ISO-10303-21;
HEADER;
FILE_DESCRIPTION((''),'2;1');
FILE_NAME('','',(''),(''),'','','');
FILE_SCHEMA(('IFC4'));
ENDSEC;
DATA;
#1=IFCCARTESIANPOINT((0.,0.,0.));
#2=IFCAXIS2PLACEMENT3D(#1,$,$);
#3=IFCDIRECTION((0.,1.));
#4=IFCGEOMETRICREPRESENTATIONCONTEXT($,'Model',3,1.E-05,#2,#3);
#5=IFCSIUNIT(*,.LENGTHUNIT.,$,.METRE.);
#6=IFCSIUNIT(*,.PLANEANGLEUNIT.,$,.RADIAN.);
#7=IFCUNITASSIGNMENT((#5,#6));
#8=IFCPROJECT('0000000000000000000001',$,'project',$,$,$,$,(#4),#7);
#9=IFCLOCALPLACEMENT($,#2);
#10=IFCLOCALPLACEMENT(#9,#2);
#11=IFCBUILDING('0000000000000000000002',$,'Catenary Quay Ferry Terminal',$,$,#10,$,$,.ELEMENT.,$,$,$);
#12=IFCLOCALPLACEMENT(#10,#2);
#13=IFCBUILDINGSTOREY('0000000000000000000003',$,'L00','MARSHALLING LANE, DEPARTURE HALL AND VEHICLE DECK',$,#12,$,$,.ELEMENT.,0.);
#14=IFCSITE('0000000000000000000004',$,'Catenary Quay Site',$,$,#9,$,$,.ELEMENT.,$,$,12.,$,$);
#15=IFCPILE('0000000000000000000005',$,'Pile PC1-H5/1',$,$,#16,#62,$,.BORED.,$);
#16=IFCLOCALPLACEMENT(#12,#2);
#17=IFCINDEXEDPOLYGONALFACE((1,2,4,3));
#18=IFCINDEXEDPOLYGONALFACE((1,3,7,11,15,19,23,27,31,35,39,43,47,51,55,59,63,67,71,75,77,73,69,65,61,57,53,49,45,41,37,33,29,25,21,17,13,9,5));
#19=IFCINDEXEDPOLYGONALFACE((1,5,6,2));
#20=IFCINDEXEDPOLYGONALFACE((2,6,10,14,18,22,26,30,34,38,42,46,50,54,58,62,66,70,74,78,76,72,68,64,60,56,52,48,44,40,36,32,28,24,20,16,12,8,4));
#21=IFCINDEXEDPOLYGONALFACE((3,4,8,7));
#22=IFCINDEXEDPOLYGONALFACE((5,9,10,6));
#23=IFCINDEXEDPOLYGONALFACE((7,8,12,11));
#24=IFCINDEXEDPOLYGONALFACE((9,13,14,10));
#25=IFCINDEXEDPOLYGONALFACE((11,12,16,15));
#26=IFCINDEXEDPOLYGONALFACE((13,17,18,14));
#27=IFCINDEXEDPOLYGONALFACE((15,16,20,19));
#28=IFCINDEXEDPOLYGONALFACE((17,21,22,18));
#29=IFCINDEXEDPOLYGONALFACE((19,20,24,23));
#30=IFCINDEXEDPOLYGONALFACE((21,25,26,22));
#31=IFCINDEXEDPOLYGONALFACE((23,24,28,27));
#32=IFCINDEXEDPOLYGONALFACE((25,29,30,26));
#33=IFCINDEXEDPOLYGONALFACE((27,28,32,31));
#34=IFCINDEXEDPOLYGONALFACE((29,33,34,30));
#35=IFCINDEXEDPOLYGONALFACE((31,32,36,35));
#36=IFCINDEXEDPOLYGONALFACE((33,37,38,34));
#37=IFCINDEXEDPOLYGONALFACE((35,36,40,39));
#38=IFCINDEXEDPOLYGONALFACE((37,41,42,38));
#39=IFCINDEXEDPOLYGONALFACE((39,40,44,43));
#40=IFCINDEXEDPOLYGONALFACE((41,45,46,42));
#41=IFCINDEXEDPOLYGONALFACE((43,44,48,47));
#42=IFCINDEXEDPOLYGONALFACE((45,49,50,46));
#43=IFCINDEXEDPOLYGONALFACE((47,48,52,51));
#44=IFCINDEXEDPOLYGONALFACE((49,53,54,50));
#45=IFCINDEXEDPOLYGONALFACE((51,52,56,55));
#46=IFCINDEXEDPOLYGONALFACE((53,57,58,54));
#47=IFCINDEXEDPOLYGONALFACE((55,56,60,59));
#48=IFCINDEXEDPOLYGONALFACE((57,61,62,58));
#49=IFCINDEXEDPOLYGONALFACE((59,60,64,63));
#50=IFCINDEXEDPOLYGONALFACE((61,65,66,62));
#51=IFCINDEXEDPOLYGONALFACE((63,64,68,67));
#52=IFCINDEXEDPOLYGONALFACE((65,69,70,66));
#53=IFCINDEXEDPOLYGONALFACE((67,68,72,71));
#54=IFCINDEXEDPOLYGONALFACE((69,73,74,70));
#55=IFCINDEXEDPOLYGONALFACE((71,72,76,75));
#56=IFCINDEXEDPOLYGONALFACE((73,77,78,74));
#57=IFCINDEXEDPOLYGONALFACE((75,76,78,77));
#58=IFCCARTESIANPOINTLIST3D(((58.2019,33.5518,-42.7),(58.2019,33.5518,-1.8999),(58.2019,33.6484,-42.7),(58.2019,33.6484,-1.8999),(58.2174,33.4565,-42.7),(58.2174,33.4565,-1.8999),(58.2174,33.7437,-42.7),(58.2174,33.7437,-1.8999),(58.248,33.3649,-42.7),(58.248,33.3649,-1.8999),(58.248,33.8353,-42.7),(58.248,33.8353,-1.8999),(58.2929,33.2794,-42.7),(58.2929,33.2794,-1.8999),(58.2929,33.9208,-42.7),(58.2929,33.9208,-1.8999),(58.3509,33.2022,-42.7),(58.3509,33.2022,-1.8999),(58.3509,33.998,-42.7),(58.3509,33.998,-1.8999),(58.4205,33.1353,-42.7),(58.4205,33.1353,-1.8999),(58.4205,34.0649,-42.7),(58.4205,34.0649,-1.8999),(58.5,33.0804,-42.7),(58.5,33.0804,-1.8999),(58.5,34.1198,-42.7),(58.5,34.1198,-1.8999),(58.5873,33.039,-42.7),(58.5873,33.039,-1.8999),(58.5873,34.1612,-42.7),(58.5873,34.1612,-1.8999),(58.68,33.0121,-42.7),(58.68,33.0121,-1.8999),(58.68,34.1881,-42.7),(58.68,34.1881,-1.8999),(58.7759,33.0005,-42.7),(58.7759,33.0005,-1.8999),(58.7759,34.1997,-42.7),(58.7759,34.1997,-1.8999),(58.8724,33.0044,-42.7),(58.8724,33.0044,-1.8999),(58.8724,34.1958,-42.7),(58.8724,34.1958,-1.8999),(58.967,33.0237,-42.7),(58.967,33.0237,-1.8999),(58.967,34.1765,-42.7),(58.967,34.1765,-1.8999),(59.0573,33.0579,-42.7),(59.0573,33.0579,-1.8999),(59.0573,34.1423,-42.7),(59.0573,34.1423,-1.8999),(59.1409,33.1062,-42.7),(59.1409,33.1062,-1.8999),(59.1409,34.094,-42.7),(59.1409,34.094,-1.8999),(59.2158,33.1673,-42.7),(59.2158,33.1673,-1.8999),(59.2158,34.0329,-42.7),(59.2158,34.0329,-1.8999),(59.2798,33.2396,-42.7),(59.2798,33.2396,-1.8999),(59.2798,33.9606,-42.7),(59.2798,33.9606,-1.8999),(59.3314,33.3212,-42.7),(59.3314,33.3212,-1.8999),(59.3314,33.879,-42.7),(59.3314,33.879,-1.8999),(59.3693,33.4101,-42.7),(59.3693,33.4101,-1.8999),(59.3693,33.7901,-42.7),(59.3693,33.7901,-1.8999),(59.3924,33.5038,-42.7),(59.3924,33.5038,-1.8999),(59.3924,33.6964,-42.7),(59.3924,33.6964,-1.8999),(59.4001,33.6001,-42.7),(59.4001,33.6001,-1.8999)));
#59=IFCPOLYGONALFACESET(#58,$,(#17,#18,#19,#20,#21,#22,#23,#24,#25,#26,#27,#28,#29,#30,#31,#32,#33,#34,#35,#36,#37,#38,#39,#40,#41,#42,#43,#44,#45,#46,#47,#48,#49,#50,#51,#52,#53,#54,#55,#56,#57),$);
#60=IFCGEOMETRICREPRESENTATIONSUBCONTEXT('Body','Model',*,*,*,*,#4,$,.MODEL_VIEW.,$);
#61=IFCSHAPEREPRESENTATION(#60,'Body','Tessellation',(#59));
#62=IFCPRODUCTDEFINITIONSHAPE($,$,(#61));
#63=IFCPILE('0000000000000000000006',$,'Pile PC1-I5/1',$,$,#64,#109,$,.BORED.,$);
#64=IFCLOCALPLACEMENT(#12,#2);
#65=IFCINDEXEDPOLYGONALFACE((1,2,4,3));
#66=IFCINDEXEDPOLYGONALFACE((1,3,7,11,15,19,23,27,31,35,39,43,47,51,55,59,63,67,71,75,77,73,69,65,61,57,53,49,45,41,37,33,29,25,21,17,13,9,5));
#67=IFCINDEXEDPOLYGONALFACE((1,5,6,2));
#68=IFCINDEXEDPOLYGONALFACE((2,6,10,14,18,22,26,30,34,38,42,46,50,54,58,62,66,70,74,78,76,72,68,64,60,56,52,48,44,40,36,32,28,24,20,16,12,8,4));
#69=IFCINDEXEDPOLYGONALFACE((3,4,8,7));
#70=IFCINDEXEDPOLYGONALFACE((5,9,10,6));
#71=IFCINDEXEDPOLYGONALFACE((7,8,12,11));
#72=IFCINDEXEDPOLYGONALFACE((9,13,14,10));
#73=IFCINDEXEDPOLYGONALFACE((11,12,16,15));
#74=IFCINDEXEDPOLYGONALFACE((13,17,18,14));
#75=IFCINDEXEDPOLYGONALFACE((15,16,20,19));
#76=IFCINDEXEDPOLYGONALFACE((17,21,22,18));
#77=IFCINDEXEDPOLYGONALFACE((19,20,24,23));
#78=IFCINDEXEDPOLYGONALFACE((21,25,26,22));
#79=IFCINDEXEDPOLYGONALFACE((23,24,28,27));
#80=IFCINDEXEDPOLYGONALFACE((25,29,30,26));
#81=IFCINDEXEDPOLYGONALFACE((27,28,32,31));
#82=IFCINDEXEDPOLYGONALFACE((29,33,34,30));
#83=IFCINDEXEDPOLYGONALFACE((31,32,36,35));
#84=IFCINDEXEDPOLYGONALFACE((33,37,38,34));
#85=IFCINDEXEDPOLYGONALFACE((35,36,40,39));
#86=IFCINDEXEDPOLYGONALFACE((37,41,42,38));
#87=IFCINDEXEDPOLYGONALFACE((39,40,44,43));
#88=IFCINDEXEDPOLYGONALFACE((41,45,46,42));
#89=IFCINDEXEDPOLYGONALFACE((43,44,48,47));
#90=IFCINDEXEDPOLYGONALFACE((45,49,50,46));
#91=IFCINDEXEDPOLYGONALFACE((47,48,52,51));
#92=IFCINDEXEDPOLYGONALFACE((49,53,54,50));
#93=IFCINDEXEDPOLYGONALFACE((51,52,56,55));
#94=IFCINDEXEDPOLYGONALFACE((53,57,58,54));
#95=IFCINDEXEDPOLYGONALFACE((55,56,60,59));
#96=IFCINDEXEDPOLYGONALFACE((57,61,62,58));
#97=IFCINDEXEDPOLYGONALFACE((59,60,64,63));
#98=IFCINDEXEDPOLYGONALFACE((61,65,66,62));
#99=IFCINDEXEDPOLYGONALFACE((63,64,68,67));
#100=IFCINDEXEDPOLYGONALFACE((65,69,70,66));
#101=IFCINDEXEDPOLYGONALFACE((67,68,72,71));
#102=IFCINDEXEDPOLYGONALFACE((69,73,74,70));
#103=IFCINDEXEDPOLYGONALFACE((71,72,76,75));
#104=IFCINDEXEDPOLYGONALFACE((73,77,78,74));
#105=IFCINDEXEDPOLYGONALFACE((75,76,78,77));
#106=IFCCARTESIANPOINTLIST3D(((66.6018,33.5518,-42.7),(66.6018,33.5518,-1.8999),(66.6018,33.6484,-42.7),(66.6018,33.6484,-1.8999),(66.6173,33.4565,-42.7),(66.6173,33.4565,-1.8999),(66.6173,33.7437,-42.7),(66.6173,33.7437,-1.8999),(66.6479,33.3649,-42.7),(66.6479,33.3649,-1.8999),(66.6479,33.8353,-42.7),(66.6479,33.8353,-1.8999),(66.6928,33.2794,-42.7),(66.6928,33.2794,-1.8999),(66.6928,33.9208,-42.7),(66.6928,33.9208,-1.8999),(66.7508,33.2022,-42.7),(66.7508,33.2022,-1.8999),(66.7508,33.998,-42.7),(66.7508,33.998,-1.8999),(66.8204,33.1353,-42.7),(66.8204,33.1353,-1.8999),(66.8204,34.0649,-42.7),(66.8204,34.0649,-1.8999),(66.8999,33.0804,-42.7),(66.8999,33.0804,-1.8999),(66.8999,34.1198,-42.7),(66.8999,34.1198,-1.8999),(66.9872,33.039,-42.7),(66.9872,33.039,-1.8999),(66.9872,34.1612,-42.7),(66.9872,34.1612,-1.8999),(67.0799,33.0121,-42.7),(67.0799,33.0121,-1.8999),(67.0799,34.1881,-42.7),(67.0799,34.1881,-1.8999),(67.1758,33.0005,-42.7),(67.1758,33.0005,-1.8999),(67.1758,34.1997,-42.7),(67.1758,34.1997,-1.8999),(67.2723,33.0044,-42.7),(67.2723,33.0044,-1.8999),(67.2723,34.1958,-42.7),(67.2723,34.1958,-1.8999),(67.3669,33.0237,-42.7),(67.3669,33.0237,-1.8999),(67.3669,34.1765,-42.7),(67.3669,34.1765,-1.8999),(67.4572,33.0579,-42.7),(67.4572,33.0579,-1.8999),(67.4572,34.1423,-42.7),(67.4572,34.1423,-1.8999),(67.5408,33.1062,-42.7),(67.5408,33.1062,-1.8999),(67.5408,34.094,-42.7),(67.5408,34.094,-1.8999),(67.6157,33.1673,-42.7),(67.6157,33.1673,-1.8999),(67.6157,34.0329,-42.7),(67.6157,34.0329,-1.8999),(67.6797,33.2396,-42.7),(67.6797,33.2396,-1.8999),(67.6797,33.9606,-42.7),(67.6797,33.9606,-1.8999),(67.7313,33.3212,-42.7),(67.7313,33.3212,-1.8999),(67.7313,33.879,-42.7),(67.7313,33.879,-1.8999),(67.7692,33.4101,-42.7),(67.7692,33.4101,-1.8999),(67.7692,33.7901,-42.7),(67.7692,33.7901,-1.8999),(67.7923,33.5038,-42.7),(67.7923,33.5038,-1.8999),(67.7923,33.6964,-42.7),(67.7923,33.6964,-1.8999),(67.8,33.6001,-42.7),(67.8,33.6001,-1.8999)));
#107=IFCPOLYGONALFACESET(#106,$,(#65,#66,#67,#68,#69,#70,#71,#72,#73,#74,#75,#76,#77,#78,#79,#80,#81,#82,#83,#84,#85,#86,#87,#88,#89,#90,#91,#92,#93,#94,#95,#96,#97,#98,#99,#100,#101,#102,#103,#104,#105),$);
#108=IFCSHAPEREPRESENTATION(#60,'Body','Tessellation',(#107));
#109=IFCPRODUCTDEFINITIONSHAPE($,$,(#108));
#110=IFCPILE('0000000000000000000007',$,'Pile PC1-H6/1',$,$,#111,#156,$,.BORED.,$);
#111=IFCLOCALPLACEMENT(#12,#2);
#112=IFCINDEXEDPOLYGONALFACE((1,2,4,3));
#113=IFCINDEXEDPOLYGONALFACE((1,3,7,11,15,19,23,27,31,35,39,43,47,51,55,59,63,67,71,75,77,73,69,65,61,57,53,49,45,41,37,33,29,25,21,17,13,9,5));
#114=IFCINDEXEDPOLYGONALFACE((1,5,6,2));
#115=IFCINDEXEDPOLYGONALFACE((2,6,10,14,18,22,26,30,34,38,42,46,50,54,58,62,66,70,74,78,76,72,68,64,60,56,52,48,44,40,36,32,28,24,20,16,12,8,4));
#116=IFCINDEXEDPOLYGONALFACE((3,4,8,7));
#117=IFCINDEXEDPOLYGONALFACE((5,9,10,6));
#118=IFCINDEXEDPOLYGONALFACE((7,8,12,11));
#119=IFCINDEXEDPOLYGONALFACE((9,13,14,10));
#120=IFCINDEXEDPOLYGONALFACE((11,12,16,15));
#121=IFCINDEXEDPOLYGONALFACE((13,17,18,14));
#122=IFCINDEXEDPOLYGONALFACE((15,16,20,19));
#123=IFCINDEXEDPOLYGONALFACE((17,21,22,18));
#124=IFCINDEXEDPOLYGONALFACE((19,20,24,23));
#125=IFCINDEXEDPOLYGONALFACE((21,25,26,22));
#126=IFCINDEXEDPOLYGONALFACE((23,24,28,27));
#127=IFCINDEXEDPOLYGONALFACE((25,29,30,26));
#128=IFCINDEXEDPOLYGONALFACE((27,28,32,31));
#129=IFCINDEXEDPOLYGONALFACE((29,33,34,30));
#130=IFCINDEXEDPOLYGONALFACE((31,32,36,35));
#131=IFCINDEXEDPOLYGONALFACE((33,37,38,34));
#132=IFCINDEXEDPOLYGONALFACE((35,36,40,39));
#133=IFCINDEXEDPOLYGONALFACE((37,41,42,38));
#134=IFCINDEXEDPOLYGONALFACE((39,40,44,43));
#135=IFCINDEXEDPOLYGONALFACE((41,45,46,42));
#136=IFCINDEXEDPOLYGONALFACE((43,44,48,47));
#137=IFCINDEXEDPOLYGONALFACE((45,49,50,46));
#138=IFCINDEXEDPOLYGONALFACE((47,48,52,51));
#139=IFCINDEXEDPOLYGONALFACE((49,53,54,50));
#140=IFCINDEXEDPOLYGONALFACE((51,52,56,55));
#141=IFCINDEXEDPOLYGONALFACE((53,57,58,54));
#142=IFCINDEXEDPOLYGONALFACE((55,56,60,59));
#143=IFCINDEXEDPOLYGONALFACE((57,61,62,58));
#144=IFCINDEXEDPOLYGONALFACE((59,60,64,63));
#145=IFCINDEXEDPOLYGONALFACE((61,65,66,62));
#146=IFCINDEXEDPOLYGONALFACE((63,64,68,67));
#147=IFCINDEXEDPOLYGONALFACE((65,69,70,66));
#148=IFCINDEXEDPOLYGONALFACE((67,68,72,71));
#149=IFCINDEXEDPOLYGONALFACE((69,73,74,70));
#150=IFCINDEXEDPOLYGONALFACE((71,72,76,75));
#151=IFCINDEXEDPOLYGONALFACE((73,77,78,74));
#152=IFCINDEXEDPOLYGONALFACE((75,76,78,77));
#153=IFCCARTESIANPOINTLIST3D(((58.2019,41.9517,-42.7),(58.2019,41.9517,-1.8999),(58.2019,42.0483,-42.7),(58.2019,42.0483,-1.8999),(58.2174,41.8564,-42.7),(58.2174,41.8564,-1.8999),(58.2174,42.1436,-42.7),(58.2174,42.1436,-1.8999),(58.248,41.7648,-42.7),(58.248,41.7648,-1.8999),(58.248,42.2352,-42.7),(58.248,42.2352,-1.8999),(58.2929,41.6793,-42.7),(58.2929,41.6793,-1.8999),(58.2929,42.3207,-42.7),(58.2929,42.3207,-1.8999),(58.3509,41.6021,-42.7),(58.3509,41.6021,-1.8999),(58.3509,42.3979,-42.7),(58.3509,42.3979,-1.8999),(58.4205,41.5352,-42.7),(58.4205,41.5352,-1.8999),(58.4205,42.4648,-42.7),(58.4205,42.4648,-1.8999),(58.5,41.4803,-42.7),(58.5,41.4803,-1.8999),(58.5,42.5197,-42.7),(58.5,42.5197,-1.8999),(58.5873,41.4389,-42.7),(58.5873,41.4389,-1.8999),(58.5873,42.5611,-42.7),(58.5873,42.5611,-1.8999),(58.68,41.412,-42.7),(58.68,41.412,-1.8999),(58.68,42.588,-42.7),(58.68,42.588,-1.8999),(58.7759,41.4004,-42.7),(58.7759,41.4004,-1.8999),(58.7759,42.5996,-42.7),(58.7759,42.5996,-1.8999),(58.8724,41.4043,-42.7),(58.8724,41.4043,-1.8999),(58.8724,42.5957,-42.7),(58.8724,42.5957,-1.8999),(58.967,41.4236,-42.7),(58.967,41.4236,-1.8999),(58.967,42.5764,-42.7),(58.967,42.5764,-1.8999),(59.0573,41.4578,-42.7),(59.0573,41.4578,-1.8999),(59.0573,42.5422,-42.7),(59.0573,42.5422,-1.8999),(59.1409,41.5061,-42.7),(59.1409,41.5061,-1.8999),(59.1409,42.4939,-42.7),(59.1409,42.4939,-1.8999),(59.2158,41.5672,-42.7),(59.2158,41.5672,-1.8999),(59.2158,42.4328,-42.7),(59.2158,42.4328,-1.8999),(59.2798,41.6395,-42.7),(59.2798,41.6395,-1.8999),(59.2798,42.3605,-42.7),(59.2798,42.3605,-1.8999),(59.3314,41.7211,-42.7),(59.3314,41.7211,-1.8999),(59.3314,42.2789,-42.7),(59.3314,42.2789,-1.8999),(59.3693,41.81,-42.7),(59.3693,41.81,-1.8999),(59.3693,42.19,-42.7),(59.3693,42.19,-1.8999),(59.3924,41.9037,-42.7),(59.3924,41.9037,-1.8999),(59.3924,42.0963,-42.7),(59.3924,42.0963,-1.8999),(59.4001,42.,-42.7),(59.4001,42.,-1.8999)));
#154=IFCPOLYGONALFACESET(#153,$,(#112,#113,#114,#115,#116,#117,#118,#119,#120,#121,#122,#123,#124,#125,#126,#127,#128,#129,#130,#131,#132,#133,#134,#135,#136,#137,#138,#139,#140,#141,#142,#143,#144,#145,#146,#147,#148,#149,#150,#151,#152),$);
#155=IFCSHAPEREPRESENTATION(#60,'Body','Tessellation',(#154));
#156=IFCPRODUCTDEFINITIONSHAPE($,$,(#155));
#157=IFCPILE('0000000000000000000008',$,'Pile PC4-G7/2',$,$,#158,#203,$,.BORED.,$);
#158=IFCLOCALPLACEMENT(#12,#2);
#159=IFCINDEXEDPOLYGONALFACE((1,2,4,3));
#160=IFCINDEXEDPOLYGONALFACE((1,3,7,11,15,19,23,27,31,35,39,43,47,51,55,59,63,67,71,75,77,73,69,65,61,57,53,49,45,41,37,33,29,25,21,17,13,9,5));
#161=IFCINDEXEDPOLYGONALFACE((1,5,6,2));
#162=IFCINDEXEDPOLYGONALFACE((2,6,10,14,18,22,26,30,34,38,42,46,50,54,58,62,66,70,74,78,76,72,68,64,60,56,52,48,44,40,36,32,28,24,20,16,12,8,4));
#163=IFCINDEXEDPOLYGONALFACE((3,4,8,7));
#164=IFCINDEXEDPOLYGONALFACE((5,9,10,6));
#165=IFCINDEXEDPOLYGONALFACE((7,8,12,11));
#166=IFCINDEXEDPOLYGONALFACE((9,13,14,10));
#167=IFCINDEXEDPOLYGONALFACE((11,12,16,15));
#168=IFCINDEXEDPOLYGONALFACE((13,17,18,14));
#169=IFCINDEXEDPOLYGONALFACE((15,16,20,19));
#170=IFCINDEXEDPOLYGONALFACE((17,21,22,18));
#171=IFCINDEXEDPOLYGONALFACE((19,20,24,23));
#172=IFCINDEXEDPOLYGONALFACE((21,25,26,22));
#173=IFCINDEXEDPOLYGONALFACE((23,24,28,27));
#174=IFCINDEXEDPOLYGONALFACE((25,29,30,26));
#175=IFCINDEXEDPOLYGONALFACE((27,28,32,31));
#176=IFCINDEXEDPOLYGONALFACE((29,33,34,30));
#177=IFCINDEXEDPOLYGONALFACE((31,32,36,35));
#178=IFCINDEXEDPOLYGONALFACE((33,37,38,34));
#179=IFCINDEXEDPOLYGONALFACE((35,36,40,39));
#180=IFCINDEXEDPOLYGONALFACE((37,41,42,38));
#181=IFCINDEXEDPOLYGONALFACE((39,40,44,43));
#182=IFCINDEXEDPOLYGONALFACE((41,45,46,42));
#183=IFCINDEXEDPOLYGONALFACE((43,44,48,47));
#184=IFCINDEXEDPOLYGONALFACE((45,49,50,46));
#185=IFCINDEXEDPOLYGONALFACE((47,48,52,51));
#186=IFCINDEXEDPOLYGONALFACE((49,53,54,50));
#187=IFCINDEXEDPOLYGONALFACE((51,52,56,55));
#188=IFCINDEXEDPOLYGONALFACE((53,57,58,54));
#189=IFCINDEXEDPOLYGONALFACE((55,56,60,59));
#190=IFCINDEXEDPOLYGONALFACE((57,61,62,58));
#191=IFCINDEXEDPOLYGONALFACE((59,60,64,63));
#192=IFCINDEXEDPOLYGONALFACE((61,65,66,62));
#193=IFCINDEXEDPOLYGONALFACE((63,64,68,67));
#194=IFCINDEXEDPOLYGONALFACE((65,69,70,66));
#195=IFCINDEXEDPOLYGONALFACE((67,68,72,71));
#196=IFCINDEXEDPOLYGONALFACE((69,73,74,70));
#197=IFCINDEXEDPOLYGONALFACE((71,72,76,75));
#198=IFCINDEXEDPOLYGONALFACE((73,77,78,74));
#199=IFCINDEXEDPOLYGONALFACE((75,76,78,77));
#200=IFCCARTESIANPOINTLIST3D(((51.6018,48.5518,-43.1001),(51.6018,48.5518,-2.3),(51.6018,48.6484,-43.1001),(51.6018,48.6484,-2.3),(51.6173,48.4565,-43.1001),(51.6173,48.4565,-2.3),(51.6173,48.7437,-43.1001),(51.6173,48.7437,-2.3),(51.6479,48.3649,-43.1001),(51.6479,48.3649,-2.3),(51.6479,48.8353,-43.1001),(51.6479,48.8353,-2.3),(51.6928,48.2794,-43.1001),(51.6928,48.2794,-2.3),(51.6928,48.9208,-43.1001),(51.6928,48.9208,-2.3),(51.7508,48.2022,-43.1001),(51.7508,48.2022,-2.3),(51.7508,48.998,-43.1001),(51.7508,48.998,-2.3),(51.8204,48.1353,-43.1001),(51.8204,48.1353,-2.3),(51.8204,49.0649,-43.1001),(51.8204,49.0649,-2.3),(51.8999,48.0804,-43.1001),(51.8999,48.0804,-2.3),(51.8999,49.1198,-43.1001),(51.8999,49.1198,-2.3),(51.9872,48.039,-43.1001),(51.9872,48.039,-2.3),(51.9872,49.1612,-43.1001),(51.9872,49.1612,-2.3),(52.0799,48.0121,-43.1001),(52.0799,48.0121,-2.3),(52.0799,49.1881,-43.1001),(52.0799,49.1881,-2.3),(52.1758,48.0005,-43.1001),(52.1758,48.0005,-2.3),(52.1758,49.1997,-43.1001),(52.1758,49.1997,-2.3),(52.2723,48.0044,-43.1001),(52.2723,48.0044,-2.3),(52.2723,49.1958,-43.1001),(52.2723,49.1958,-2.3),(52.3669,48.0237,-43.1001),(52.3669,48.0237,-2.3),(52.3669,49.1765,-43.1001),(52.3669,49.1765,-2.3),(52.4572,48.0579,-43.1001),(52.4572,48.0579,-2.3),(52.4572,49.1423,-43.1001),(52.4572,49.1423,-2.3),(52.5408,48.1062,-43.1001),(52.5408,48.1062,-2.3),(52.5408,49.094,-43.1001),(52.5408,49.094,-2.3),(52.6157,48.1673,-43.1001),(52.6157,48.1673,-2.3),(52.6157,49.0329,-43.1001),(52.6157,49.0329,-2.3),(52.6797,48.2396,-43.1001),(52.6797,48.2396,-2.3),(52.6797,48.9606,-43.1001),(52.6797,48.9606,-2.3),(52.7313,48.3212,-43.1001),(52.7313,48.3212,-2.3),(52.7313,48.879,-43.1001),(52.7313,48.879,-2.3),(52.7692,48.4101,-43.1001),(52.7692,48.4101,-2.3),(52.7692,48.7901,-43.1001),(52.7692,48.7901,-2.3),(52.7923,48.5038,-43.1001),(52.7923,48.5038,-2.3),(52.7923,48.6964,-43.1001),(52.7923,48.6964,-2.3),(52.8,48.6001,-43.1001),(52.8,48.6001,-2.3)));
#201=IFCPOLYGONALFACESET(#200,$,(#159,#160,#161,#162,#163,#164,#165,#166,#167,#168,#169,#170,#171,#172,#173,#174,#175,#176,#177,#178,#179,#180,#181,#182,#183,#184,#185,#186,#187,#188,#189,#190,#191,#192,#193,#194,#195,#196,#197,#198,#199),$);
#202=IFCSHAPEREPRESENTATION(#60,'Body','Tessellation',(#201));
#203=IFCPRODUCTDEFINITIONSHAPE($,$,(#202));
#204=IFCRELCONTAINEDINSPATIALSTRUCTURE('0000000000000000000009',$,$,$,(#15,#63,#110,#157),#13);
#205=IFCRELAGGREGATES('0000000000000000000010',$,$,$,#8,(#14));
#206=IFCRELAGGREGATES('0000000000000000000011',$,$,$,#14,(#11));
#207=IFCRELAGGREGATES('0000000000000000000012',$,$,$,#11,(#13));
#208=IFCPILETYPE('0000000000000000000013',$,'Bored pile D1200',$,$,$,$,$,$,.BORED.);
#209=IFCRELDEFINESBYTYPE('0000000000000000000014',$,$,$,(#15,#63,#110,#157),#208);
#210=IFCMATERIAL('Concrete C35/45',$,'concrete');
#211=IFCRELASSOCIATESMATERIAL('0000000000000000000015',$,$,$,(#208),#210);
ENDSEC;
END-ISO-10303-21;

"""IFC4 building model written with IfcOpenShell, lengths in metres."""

from ifc_helpers import new_model, si_unit, direction, frame, origin, origin_2d, place, context, subcontext, project, spatial, circle, extrude, material, material_profile, profile_set, type_object, element, save


model = new_model("IFC4")

# Units and contexts
model_context = context("Model", 3, precision=1e-05, world=origin(), true_north=direction((0.0, 1.0)))
body_context = subcontext(model_context, "Body", "Model", "MODEL_VIEW")
ifc_project = project(units=[si_unit("LENGTHUNIT", "METRE"), si_unit("PLANEANGLEUNIT", "RADIAN")], contexts=[model_context])

# Site, building, storey
site_placement = place(None, origin())
site = spatial("IfcSite", under=ifc_project, at=site_placement, Name="Catenary Quay Site", CompositionType="ELEMENT", RefElevation=12.0)
building_placement = place(site_placement, origin())
building = spatial("IfcBuilding", under=site, at=building_placement, Name="Catenary Quay Ferry Terminal", CompositionType="ELEMENT")
storey_placement = place(building_placement, origin())
storey = spatial("IfcBuildingStorey", under=building, at=storey_placement, Name="L00", Description="MARSHALLING LANE, DEPARTURE HALL AND VEHICLE DECK", CompositionType="ELEMENT", Elevation=0.0)

# Piles
ifc_material_1 = material(Name="Concrete C35/45", Category="concrete")
ifc_material_profile_1 = material_profile(ifc_material_1, circle(Radius=0.6001, at=origin_2d()), Name="D1200")
ifc_profile_set_1 = profile_set([ifc_material_profile_1], Name="Concrete C35/45")
pile_type = type_object("IfcPileType", Name="Bored pile D1200", PredefinedType="BORED", material=ifc_profile_set_1)
for number, where, z_axis, x_axis, name in (
    (1, (58.8, 33.6001, -1.8999), (0.0, 0.0, -1.0), (1.0, 0.0, 0.0), "Pile PC1-H5/1"),
    (2, (67.2, 33.6001, -1.8999), (0.0, 0.0, -1.0), (1.0, 0.0, 0.0), "Pile PC1-I5/1"),
    (3, (58.8, 42.0, -1.8999), (0.0, 0.0, -1.0), (1.0, 0.0, 0.0), "Pile PC1-H6/1"),
    (4, (52.2, 48.6001, -2.3), (0.0, 0.0, -1.0), (1.0, 0.0, 0.0), "Pile PC4-G7/2"),
):
    element("IfcPile", number, at=place(storey_placement, frame(where, z_axis=z_axis, x_axis=x_axis)), inside=storey, type_object=pile_type, Name=name, PredefinedType="BORED", context=body_context, shape_type="SweptSolid", body=[
        extrude(circle(Radius=0.6001, at=origin_2d()), origin(), (0.0, 0.0, 1.0), 40.8),
    ])

save(model, "model.ifc")
